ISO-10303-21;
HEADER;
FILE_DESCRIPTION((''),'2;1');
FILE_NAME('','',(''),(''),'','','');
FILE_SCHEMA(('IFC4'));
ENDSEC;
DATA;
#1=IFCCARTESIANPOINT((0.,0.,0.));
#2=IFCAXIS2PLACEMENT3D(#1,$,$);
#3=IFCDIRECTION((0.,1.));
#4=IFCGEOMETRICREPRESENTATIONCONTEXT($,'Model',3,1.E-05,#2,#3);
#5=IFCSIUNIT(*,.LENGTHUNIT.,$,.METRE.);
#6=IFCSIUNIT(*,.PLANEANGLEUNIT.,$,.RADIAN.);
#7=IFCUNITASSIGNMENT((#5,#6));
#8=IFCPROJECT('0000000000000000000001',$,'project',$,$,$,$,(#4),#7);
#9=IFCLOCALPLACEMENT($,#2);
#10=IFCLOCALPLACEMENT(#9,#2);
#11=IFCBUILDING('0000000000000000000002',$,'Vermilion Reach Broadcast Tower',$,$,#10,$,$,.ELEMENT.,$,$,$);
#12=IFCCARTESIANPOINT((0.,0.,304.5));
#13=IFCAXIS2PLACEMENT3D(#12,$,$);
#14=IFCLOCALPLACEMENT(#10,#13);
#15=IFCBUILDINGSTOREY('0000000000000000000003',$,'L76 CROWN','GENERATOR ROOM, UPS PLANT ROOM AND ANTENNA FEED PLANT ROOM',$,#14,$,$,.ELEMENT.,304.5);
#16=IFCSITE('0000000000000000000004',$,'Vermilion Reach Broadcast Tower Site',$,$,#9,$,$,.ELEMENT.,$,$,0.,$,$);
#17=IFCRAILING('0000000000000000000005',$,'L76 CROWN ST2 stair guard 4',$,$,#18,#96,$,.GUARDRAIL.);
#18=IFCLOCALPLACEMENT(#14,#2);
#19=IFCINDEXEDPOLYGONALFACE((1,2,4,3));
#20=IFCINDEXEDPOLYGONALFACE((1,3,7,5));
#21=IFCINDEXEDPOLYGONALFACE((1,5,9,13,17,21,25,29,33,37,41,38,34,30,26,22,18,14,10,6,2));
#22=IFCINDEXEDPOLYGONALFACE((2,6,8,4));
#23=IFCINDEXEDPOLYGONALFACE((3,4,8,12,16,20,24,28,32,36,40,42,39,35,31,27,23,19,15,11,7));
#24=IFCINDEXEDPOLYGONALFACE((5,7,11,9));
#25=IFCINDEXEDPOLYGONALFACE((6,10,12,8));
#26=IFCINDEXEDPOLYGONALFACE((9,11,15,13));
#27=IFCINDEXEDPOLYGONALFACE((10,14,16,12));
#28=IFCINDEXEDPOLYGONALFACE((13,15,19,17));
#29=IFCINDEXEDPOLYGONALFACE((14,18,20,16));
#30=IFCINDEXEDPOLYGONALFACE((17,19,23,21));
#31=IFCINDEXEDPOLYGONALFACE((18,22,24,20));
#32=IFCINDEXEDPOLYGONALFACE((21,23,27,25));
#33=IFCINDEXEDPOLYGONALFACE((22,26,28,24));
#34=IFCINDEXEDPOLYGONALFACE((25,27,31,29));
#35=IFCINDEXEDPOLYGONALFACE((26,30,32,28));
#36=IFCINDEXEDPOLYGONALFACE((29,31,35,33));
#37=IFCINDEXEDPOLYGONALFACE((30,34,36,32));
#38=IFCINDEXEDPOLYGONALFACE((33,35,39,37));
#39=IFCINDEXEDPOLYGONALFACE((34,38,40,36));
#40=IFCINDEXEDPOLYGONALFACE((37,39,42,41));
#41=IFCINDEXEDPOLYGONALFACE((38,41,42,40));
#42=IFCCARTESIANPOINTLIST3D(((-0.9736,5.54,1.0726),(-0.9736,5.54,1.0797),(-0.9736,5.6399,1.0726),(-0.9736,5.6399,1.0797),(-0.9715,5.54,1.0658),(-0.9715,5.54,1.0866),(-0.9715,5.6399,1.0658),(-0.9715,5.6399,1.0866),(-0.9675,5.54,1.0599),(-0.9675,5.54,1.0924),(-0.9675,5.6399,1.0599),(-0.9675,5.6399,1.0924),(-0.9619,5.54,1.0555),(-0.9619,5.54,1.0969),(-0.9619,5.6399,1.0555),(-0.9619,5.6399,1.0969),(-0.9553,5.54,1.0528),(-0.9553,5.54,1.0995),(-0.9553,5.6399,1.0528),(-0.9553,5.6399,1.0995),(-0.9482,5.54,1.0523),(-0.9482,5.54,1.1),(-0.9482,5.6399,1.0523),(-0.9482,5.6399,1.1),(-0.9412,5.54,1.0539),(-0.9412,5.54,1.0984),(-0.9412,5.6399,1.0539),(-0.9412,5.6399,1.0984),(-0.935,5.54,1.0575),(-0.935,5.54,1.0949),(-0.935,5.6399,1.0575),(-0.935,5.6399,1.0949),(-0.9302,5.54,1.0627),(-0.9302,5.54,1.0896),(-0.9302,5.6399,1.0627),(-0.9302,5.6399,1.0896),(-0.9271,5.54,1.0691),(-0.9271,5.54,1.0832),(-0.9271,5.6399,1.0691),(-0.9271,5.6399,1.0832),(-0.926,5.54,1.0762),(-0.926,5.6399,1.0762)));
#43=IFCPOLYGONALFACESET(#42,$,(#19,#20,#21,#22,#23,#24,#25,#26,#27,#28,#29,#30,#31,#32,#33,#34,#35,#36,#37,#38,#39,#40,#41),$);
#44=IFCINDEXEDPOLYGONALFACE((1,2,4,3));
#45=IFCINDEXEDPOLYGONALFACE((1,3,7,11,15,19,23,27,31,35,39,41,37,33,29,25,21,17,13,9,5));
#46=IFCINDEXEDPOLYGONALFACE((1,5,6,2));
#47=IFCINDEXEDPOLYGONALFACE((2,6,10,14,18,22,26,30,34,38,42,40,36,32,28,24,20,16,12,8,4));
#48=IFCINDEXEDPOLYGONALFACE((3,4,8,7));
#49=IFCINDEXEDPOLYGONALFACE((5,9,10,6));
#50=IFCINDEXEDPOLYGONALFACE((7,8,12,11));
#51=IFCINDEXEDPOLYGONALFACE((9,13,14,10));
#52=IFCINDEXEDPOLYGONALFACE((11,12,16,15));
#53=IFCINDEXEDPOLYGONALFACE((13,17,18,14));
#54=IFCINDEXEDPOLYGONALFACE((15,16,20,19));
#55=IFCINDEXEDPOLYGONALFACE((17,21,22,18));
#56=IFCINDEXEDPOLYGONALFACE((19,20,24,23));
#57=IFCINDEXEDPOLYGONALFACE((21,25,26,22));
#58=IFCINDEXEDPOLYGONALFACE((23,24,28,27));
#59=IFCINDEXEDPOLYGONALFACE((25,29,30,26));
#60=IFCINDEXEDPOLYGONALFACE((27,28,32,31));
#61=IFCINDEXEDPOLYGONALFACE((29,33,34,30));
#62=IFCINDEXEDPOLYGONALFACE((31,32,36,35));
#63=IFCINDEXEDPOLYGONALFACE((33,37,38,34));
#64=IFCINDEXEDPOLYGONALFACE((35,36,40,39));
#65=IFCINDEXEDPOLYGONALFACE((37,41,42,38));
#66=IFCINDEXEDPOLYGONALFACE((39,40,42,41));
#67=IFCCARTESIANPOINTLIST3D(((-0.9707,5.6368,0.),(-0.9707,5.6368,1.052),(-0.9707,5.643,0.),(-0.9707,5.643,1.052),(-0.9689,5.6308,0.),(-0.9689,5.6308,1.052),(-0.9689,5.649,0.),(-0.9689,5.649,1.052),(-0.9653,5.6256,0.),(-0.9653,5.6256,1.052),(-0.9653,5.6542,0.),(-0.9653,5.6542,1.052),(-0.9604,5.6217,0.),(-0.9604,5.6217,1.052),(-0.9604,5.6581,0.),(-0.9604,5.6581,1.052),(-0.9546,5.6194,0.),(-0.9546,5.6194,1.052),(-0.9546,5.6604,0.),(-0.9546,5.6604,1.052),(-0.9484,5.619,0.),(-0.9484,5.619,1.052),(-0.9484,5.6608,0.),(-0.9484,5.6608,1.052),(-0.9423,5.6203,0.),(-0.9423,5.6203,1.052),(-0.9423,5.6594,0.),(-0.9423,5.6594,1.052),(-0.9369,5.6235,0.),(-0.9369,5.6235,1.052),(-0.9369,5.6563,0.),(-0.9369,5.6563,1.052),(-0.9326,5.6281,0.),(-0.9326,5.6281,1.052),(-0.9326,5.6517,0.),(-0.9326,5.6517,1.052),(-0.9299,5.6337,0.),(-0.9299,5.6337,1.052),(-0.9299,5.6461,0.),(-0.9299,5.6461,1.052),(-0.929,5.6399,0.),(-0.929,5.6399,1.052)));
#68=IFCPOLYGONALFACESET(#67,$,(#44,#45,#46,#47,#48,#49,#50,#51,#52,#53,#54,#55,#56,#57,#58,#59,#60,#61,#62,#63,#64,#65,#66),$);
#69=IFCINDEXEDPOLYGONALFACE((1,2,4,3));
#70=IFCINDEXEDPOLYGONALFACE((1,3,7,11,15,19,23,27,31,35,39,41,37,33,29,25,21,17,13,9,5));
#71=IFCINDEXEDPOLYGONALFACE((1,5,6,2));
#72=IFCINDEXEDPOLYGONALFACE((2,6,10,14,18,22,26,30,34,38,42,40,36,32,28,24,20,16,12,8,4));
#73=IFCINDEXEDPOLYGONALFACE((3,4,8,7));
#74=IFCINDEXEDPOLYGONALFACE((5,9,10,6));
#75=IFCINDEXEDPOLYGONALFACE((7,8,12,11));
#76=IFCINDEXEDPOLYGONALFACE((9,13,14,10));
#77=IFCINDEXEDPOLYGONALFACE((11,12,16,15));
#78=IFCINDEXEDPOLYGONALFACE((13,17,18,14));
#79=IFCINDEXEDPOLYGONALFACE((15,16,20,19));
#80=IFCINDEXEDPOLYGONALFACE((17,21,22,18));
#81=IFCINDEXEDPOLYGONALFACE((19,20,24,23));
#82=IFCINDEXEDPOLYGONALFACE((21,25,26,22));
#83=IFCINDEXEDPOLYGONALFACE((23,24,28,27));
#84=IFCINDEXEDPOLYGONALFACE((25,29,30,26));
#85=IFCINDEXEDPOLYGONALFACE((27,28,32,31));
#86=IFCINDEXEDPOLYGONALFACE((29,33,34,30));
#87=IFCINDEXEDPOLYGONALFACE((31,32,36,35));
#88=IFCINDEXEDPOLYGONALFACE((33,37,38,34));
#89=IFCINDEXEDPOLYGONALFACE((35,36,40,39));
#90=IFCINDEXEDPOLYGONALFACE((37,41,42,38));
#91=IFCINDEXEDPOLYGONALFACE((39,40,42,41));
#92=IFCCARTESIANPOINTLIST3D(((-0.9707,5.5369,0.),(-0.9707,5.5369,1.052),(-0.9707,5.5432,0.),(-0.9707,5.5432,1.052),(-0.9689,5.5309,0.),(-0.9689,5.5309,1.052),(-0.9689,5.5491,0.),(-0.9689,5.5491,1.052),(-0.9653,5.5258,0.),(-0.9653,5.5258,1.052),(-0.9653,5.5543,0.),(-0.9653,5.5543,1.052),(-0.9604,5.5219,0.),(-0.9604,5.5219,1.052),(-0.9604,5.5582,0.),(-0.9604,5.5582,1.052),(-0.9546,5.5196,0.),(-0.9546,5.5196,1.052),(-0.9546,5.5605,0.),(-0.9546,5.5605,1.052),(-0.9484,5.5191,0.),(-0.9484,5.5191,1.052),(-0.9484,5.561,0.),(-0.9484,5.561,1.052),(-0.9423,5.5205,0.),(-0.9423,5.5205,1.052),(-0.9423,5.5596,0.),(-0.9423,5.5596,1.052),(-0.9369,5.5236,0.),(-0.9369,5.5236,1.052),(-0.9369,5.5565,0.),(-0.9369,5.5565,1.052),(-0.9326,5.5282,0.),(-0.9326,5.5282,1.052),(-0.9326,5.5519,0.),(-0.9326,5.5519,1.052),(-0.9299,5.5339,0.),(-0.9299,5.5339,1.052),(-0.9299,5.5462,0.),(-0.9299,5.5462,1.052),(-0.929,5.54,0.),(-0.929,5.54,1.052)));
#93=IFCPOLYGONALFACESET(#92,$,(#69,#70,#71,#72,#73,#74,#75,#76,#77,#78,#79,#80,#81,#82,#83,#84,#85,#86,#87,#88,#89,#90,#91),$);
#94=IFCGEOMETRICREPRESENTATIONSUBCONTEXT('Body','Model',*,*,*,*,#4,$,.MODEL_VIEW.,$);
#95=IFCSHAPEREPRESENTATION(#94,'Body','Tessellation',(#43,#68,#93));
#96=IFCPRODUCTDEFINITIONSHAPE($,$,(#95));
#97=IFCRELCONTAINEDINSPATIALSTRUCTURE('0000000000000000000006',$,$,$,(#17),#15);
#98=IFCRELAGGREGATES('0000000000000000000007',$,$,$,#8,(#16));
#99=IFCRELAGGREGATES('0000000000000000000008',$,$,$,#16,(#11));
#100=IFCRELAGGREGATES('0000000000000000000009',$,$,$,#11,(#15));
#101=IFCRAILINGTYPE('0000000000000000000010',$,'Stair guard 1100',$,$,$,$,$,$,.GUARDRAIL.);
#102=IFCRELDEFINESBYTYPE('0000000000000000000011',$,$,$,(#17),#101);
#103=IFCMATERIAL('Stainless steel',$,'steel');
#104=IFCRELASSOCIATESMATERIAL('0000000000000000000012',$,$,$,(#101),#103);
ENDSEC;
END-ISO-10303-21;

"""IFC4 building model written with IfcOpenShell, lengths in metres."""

from ifc_helpers import new_model, si_unit, direction, frame, origin, origin_2d, place, context, subcontext, project, spatial, circle, extrude, material, type_object, element, save


model = new_model("IFC4")

# Units and contexts
model_context = context("Model", 3, precision=1e-05, world=origin(), true_north=direction((0.0, 1.0)))
body_context = subcontext(model_context, "Body", "Model", "MODEL_VIEW")
ifc_project = project(units=[si_unit("LENGTHUNIT", "METRE"), si_unit("PLANEANGLEUNIT", "RADIAN")], contexts=[model_context])

# Site, building, storey
site_placement = place(None, origin())
site = spatial("IfcSite", under=ifc_project, at=site_placement, Name="Vermilion Reach Broadcast Tower Site", CompositionType="ELEMENT", RefElevation=0.0)
building_placement = place(site_placement, origin())
building = spatial("IfcBuilding", under=site, at=building_placement, Name="Vermilion Reach Broadcast Tower", CompositionType="ELEMENT")
storey_placement = place(building_placement, frame((0.0, 0.0, 304.5)))
storey = spatial("IfcBuildingStorey", under=building, at=storey_placement, Name="L76 CROWN", Description="GENERATOR ROOM, UPS PLANT ROOM AND ANTENNA FEED PLANT ROOM", CompositionType="ELEMENT", Elevation=304.5)

# Railing
ifc_material_1 = material(Name="Stainless steel", Category="steel")
railing_type_1 = type_object("IfcRailingType", Name="Stair guard 1100", PredefinedType="GUARDRAIL", material=ifc_material_1)
railing_1_placement = place(storey_placement, frame((-0.95, 5.6399, 0.0)))
element("IfcRailing", 1, at=railing_1_placement, inside=storey, type_object=railing_type_1, Name="L76 CROWN ST2 stair guard 4", PredefinedType="GUARDRAIL", context=body_context, shape_type="SweptSolid", body=[
    extrude(circle(Radius=0.0239, at=origin_2d()), frame((0.0, 0.0, 1.0762), z_axis=(0.0, -1.0, 0.0), x_axis=(1.0, 0.0, 0.0)), (0.0, 0.0, 1.0), 0.0999),
    extrude(circle(Radius=0.021, at=origin_2d()), origin(), (0.0, 0.0, 1.0), 1.052),
    extrude(circle(Radius=0.021, at=origin_2d()), frame((0.0, -0.0999, 0.0)), (0.0, 0.0, 1.0), 1.052),
])

save(model, "model.ifc")
